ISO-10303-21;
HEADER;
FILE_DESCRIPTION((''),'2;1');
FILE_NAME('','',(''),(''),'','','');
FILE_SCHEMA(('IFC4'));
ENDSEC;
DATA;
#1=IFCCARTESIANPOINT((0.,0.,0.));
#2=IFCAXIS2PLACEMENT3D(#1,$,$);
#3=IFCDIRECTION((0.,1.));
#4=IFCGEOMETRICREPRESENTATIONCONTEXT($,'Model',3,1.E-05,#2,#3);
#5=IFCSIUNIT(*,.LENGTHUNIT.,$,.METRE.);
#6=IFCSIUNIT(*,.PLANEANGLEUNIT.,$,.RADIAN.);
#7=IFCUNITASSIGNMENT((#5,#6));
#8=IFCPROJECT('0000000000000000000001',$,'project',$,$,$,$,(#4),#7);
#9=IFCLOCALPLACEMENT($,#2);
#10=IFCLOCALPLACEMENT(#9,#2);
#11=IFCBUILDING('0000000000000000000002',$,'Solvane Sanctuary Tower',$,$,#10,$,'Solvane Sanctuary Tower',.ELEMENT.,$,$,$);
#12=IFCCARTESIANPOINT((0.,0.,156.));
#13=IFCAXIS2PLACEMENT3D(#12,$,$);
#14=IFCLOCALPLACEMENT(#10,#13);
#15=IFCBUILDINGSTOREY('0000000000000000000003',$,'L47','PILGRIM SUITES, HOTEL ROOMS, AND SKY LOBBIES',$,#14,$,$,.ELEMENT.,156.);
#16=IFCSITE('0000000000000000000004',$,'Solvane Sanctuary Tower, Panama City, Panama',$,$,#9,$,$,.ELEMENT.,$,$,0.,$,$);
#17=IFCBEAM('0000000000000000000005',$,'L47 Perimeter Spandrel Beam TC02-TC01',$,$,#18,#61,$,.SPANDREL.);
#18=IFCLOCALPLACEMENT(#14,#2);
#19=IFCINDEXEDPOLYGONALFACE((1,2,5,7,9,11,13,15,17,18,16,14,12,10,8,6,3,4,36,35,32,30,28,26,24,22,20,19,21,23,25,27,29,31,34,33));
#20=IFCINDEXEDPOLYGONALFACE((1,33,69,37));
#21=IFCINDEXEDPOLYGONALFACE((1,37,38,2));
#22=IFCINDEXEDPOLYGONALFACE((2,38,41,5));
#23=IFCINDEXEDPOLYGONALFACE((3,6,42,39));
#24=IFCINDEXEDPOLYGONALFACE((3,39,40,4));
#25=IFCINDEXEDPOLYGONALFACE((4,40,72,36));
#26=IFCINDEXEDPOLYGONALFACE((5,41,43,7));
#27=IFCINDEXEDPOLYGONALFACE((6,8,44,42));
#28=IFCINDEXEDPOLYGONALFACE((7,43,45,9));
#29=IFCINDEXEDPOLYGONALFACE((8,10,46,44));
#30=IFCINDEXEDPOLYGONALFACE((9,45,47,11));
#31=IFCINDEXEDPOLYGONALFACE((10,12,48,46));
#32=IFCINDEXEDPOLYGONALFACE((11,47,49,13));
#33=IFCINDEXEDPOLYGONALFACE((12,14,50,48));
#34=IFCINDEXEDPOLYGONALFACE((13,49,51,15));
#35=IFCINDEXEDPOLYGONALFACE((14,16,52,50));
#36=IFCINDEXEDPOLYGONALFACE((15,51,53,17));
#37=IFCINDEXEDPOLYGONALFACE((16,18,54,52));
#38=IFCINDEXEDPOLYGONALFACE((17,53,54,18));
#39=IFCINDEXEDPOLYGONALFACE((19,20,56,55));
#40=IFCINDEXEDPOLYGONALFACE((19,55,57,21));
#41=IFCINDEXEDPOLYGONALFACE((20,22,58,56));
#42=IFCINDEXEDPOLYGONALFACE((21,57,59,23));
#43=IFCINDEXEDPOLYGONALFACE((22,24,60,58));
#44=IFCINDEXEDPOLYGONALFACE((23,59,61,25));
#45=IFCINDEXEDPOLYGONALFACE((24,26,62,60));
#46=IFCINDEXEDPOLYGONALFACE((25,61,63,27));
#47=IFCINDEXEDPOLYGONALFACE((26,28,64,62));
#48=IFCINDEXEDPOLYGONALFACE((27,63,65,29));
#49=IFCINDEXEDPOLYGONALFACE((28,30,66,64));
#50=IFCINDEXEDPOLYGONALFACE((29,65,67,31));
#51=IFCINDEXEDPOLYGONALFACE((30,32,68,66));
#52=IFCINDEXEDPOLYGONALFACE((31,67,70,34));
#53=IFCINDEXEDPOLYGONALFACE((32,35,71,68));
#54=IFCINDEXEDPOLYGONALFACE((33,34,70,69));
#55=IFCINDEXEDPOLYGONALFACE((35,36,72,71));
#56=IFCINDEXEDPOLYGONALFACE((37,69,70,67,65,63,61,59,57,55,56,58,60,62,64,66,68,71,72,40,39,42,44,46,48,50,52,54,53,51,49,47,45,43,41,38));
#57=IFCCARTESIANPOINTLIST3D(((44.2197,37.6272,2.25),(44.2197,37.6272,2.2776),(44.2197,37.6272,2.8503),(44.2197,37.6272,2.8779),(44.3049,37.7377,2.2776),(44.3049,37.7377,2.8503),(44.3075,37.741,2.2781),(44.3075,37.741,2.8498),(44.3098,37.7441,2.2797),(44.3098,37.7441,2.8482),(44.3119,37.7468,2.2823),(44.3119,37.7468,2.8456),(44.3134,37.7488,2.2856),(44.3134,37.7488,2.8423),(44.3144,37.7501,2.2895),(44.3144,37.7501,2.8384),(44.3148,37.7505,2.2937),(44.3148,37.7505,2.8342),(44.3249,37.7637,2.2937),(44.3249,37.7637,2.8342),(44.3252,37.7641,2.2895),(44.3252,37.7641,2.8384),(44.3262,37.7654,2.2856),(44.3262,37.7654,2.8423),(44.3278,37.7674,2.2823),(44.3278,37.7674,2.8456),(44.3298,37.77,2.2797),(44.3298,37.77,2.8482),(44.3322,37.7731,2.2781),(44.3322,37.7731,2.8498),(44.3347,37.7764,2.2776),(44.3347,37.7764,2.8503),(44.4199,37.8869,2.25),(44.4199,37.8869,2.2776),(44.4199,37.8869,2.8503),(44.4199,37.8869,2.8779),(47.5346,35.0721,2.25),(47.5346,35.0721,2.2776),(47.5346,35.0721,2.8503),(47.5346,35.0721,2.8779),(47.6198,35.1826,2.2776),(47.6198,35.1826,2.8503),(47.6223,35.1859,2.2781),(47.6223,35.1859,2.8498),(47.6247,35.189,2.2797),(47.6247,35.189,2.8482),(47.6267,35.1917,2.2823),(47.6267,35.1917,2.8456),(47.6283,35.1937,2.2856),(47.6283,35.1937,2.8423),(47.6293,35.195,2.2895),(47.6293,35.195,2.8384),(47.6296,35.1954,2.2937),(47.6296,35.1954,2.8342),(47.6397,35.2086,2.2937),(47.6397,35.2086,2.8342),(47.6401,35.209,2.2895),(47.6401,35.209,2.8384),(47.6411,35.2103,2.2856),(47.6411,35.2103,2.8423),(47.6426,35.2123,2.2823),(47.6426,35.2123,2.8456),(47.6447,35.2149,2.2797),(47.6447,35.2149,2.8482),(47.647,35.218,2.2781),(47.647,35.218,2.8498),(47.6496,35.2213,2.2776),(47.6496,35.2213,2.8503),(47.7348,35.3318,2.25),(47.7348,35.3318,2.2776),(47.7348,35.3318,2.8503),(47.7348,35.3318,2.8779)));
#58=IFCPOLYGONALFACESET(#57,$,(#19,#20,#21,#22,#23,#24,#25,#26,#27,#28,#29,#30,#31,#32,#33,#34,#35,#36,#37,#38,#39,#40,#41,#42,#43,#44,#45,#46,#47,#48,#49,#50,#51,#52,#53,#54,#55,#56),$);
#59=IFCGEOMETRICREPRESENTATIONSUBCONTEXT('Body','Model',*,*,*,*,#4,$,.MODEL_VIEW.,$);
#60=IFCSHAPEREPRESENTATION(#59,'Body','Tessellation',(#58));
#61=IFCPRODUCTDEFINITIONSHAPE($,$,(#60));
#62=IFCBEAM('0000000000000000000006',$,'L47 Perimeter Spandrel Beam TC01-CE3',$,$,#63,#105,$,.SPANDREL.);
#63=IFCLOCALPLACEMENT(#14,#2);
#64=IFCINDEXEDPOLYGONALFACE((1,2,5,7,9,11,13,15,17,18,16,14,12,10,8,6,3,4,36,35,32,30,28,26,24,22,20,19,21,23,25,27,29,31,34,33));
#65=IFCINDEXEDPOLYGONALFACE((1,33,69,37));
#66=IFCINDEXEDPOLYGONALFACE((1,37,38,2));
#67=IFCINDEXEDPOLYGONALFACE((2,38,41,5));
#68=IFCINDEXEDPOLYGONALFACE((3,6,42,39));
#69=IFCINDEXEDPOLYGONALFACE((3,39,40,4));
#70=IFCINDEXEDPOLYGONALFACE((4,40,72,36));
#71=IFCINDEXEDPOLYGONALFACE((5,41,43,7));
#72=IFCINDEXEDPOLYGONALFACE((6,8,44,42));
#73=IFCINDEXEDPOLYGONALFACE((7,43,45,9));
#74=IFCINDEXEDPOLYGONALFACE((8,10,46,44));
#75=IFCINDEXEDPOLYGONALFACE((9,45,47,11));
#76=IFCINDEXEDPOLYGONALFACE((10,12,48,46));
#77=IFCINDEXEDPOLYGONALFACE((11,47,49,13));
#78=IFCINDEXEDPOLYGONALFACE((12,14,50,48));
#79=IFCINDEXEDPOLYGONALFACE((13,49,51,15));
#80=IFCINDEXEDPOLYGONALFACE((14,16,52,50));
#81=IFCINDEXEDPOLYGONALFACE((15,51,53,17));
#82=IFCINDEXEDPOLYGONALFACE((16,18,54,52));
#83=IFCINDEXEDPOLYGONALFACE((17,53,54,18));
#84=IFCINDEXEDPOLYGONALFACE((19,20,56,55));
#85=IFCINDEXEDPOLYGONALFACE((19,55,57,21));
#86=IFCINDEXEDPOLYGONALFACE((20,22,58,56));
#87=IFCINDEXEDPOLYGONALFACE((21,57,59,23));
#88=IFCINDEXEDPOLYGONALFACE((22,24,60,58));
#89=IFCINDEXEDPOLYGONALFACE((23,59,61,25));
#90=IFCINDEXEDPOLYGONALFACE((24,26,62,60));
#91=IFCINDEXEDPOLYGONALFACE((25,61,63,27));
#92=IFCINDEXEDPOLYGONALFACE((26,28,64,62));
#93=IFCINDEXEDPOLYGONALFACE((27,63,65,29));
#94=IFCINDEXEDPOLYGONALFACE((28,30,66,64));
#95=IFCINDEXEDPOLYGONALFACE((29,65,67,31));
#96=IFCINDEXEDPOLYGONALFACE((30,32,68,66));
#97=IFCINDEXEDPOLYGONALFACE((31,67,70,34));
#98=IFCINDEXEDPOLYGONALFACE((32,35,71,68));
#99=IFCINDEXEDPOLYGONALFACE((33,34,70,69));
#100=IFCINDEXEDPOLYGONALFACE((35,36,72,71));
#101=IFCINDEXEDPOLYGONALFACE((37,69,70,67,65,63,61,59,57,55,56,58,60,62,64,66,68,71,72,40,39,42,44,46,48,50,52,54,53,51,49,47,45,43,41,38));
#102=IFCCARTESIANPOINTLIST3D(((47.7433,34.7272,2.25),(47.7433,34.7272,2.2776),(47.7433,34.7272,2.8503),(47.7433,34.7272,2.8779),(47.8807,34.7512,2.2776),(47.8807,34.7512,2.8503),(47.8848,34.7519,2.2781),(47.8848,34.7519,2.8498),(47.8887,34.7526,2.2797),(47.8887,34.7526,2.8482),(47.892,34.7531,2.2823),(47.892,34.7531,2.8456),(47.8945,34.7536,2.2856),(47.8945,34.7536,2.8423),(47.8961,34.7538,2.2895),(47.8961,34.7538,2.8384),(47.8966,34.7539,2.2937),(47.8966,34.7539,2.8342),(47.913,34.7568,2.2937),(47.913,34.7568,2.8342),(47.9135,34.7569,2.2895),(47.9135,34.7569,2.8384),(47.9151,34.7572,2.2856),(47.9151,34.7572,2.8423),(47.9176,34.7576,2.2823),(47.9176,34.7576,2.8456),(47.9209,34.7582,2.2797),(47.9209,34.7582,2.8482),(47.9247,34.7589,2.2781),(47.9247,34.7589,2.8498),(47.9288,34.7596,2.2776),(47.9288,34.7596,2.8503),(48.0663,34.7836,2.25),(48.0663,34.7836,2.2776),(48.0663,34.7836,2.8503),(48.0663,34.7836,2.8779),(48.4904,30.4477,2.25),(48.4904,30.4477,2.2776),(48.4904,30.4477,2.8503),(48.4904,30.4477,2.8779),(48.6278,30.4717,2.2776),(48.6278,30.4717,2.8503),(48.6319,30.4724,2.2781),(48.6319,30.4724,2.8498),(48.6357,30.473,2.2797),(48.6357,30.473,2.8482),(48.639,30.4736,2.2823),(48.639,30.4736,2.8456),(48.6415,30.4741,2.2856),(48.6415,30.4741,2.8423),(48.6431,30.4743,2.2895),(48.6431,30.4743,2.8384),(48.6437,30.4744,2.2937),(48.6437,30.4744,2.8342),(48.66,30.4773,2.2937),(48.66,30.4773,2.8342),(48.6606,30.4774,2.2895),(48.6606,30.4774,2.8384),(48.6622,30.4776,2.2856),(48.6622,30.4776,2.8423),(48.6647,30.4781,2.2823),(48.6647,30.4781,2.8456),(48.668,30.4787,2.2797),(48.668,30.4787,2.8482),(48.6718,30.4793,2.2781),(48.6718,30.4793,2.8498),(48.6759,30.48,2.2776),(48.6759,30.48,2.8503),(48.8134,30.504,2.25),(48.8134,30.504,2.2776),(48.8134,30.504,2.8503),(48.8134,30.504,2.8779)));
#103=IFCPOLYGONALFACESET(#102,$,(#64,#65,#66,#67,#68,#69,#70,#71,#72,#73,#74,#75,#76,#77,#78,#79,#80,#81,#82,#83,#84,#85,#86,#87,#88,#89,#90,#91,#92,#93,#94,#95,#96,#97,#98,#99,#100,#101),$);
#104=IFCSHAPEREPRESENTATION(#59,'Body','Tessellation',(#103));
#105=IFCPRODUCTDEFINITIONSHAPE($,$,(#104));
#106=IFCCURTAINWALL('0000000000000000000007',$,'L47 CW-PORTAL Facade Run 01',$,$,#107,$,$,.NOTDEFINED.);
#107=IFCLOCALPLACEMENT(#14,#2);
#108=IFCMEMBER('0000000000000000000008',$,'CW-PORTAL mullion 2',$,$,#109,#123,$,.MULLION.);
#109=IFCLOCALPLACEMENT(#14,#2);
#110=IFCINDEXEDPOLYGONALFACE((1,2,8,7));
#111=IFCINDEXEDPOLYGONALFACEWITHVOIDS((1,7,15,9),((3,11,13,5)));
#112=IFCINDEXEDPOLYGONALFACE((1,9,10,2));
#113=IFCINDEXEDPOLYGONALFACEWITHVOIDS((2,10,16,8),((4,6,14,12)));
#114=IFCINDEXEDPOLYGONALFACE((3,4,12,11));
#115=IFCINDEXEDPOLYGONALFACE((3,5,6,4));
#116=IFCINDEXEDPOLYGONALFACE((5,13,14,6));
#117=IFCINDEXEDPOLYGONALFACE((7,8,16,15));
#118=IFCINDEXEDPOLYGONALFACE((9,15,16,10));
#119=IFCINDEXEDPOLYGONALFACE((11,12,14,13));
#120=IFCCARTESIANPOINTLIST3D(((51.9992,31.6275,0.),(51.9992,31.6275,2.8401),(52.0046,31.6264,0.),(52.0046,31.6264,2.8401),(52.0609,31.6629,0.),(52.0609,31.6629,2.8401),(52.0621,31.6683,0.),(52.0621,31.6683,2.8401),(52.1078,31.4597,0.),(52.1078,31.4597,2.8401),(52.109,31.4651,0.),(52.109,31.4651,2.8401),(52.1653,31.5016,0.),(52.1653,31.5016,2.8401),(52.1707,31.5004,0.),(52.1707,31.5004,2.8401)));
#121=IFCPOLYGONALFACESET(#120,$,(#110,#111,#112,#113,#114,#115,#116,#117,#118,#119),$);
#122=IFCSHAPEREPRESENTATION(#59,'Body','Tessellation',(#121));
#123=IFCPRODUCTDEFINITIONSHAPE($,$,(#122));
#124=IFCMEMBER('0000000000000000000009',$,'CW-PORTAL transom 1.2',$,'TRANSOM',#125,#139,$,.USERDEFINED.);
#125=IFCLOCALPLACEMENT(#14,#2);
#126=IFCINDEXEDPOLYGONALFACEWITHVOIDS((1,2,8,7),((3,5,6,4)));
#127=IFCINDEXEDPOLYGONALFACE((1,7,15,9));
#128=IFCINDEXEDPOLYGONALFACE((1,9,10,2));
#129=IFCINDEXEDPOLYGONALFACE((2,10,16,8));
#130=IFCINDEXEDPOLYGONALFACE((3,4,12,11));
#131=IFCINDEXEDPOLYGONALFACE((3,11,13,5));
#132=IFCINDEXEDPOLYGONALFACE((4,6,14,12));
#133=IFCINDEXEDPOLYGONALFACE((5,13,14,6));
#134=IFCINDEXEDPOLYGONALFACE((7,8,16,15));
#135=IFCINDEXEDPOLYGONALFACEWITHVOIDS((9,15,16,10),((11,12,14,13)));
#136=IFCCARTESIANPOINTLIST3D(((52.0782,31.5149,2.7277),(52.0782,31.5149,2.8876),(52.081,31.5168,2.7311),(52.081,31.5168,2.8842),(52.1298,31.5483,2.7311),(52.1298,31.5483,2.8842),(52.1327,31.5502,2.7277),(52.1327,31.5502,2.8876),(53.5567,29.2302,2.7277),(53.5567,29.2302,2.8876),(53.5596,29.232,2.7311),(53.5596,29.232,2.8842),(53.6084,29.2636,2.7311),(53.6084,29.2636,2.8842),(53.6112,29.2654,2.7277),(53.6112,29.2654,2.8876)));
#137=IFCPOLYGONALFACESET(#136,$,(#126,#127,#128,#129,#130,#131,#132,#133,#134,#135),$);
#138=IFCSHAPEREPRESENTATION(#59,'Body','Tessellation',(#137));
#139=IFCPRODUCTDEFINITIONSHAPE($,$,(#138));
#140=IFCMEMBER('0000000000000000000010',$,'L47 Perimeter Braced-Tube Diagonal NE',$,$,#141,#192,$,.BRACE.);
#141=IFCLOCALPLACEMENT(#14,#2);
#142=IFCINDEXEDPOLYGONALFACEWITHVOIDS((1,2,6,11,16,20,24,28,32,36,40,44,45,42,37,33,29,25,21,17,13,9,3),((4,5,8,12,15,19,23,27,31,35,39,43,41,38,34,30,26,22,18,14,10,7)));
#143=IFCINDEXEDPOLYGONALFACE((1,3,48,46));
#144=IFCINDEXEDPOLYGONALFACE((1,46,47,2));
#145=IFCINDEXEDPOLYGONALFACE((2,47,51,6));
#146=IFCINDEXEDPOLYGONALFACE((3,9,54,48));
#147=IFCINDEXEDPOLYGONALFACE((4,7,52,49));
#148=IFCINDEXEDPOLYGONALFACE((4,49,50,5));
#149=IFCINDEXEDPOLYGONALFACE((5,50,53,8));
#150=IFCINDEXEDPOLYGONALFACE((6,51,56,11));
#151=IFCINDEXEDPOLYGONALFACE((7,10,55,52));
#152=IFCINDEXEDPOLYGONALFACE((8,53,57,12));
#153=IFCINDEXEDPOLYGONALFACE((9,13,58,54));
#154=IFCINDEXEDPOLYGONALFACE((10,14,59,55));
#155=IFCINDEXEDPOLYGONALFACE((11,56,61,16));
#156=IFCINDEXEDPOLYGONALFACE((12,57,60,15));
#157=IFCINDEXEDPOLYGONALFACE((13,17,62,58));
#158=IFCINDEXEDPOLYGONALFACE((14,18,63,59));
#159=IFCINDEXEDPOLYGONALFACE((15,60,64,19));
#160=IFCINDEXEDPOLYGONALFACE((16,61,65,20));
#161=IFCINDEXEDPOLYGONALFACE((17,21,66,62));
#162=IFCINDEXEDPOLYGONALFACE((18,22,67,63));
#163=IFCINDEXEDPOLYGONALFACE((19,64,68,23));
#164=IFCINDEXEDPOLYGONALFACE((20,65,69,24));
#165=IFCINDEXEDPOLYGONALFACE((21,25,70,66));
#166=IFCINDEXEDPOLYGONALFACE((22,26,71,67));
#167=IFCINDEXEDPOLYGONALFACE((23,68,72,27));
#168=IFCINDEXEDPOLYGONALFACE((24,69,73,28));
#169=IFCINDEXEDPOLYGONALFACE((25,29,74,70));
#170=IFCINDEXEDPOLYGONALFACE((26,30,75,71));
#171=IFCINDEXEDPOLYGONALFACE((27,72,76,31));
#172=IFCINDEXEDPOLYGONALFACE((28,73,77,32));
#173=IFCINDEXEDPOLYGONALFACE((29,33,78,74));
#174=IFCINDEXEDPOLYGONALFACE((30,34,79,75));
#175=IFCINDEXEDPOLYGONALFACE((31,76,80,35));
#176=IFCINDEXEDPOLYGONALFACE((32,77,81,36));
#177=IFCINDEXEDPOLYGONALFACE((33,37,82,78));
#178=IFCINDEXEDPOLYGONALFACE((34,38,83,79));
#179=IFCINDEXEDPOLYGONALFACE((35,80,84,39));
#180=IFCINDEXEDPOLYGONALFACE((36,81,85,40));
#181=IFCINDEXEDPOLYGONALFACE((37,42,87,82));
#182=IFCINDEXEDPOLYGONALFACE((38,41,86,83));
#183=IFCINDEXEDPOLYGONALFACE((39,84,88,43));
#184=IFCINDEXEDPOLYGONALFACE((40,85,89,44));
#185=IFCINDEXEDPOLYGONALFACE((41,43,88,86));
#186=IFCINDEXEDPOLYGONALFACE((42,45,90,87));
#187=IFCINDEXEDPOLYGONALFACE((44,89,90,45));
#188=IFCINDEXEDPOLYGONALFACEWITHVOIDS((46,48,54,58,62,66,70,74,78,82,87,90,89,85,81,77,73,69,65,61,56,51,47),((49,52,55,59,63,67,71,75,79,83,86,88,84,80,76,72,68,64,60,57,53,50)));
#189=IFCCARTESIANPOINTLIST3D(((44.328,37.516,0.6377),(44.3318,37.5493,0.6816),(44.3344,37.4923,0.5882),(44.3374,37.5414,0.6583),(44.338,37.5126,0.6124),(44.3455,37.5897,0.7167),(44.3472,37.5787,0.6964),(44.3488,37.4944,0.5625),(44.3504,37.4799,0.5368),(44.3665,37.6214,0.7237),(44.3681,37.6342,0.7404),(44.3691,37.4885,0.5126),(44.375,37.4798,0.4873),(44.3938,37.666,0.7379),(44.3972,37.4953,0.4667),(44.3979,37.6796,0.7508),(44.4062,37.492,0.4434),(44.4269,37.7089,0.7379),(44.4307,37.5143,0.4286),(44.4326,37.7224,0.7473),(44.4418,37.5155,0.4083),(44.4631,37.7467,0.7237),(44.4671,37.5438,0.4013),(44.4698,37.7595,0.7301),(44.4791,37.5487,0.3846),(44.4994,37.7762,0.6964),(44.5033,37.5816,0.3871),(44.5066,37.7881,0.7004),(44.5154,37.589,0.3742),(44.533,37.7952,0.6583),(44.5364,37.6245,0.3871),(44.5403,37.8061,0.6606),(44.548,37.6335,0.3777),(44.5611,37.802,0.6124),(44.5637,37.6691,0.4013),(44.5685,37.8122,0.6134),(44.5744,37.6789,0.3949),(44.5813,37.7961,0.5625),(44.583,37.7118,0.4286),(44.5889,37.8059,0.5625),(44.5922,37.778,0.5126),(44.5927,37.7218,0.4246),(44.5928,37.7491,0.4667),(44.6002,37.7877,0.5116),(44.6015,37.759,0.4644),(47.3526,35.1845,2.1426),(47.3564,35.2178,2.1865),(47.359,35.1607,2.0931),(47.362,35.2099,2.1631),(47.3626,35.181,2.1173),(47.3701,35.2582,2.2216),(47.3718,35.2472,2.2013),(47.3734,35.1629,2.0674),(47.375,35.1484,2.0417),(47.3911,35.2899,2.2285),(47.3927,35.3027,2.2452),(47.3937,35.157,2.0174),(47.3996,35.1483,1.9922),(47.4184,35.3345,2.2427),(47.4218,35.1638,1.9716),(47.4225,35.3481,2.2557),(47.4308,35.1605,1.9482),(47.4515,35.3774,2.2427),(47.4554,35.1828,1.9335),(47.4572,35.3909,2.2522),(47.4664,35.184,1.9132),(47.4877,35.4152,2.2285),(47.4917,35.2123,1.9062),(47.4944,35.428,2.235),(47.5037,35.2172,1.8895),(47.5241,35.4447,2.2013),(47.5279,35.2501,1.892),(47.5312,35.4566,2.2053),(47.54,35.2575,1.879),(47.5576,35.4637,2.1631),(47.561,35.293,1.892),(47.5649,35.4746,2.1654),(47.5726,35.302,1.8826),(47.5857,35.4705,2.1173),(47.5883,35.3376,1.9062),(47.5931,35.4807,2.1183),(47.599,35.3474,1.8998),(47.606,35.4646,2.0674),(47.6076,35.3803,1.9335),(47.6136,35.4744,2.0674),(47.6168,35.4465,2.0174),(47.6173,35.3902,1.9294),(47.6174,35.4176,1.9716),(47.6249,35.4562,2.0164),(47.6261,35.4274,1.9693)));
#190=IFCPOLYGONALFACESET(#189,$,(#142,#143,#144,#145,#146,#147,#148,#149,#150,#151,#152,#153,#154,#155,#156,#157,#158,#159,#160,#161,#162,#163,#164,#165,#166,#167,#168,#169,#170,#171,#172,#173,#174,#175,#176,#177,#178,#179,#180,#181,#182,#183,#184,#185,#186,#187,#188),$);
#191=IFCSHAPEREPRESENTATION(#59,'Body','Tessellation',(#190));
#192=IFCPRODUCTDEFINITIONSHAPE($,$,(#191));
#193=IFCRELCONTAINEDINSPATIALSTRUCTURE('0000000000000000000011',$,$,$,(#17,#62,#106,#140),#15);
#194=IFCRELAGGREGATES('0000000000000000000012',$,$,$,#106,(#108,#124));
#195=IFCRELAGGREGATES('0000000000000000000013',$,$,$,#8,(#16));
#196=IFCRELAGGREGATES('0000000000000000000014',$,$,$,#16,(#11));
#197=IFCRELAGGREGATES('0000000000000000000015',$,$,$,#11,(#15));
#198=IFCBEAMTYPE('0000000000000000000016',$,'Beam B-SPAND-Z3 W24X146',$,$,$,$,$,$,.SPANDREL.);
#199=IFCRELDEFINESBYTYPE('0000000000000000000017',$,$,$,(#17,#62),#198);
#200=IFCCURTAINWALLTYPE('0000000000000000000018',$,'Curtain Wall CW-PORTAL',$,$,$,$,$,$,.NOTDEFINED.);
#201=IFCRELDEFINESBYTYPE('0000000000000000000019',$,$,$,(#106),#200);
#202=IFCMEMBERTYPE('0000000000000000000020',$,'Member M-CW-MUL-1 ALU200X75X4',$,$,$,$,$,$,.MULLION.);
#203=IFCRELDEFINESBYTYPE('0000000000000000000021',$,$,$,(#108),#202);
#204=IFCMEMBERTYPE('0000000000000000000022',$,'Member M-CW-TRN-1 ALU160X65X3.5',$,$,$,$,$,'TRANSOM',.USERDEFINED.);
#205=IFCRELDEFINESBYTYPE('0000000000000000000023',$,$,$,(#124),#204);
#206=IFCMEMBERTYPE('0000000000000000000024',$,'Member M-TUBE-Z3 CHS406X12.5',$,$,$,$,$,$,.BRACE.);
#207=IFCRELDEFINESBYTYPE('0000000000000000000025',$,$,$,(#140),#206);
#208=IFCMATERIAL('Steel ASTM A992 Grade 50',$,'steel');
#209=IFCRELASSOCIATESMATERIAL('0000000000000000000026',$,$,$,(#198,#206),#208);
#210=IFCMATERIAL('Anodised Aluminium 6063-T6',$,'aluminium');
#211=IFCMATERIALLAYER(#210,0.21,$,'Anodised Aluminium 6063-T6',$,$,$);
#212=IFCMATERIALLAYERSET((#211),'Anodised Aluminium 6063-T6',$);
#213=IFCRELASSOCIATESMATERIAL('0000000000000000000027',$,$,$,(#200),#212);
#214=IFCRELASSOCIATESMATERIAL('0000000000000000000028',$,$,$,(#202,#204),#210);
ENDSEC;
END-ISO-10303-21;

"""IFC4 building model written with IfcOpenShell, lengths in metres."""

from ifc_helpers import new_model, si_unit, direction, frame, origin, origin_2d, place, context, subcontext, project, spatial, hollow_rectangle, hollow_circle, i_section, extrude, material, layer, layer_set, material_profile, profile_set, type_object, element, aggregate, save


model = new_model("IFC4")

# Units and contexts
model_context = context("Model", 3, precision=1e-05, world=origin(), true_north=direction((0.0, 1.0)))
body_context = subcontext(model_context, "Body", "Model", "MODEL_VIEW")
ifc_project = project(units=[si_unit("LENGTHUNIT", "METRE"), si_unit("PLANEANGLEUNIT", "RADIAN")], contexts=[model_context])

# Site, building, storey
site_placement = place(None, origin())
site = spatial("IfcSite", under=ifc_project, at=site_placement, Name="Solvane Sanctuary Tower, Panama City, Panama", CompositionType="ELEMENT", RefElevation=0.0)
building_placement = place(site_placement, origin())
building = spatial("IfcBuilding", under=site, at=building_placement, Name="Solvane Sanctuary Tower", LongName="Solvane Sanctuary Tower", CompositionType="ELEMENT")
storey_placement = place(building_placement, frame((0.0, 0.0, 156.0)))
storey = spatial("IfcBuildingStorey", under=building, at=storey_placement, Name="L47", Description="PILGRIM SUITES, HOTEL ROOMS, AND SKY LOBBIES", CompositionType="ELEMENT", Elevation=156.0)

# Beams
ifc_material_1 = material(Name="Steel ASTM A992 Grade 50", Category="steel")
ifc_material_profile_1 = material_profile(ifc_material_1, i_section(OverallWidth=0.3279, OverallDepth=0.6279, WebThickness=0.0166, FlangeThickness=0.0276, FilletRadius=0.0161, at=origin_2d()), Name="W24X146")
ifc_profile_set_1 = profile_set([ifc_material_profile_1], Name="Steel ASTM A992 Grade 50")
beam_type_1 = type_object("IfcBeamType", Name="Beam B-SPAND-Z3 W24X146", PredefinedType="SPANDREL", material=ifc_profile_set_1)
beam_1_placement = place(storey_placement, frame((44.3198, 37.7571, 2.564), z_axis=(0.792021, -0.610494, 0.0), x_axis=(0.610494, 0.792021, 0.0)))
element("IfcBeam", 1, at=beam_1_placement, inside=storey, type_object=beam_type_1, Name="L47 Perimeter Spandrel Beam TC02-TC01", PredefinedType="SPANDREL", context=body_context, shape_type="SweptSolid", body=[
    extrude(i_section(OverallWidth=0.3279, OverallDepth=0.6279, WebThickness=0.0166, FlangeThickness=0.0276, FilletRadius=0.0161, at=origin_2d()), origin(), (0.0, 0.0, 1.0), 4.1853),
])
beam_2_placement = place(storey_placement, frame((47.9048, 34.7554, 2.564), z_axis=(0.171967, -0.985103, 0.0), x_axis=(0.985103, 0.171967, 0.0)))
element("IfcBeam", 2, at=beam_2_placement, inside=storey, type_object=beam_type_1, Name="L47 Perimeter Spandrel Beam TC01-CE3", PredefinedType="SPANDREL", context=body_context, shape_type="SweptSolid", body=[
    extrude(i_section(OverallWidth=0.3279, OverallDepth=0.6279, WebThickness=0.0166, FlangeThickness=0.0276, FilletRadius=0.0161, at=origin_2d()), origin(), (0.0, 0.0, 1.0), 4.3442),
])

# Curtain wall, members
ifc_material_2 = material(Name="Anodised Aluminium 6063-T6", Category="aluminium")
ifc_layer_1 = layer(ifc_material_2, 0.21, Name="Anodised Aluminium 6063-T6")
ifc_layer_set_1 = layer_set([ifc_layer_1], Name="Anodised Aluminium 6063-T6")
curtain_wall_type = type_object("IfcCurtainWallType", Name="Curtain Wall CW-PORTAL", PredefinedType="NOTDEFINED", material=ifc_layer_set_1)
curtain_wall_placement = place(storey_placement, origin())
curtain_wall = element("IfcCurtainWall", 3, at=curtain_wall_placement, inside=storey, type_object=curtain_wall_type, Name="L47 CW-PORTAL Facade Run 01", PredefinedType="NOTDEFINED")
ifc_material_profile_2 = material_profile(ifc_material_2, hollow_rectangle(XDim=0.075, YDim=0.2, WallThickness=0.0039, at=origin_2d()), Name="ALU200X75X4")
ifc_profile_set_2 = profile_set([ifc_material_profile_2], Name="Anodised Aluminium 6063-T6")
member_type_1 = type_object("IfcMemberType", Name="Member M-CW-MUL-1 ALU200X75X4", PredefinedType="MULLION", material=ifc_profile_set_2)
member_1_placement = place(storey_placement, frame((52.085, 31.564, 0.0), z_axis=(0.0, 0.0, 1.0), x_axis=(-0.839512, -0.543341, 0.0)))
member_1 = element("IfcMember", 4, at=member_1_placement, type_object=member_type_1, Name="CW-PORTAL mullion 2", PredefinedType="MULLION", context=body_context, shape_type="SweptSolid", body=[
    extrude(hollow_rectangle(XDim=0.075, YDim=0.2, WallThickness=0.0039, at=origin_2d()), origin(), (0.0, 0.0, 1.0), 2.8401),
])
ifc_material_profile_3 = material_profile(ifc_material_2, hollow_rectangle(XDim=0.0649, YDim=0.1599, WallThickness=0.0034, at=origin_2d()), Name="ALU160X65X3.5")
ifc_profile_set_3 = profile_set([ifc_material_profile_3], Name="Anodised Aluminium 6063-T6")
member_type_2 = type_object("IfcMemberType", Name="Member M-CW-TRN-1 ALU160X65X3.5", ElementType="TRANSOM", PredefinedType="USERDEFINED", material=ifc_profile_set_3)
member_2_placement = place(storey_placement, frame((53.584, 29.2478, 2.8076), z_axis=(-0.543303, 0.839536, 0.0), x_axis=(-0.839536, -0.543303, 0.0)))
member_2 = element("IfcMember", 5, at=member_2_placement, type_object=member_type_2, Name="CW-PORTAL transom 1.2", ObjectType="TRANSOM", PredefinedType="USERDEFINED", context=body_context, shape_type="SweptSolid", body=[
    extrude(hollow_rectangle(XDim=0.0649, YDim=0.1599, WallThickness=0.0034, at=origin_2d()), origin(), (0.0, 0.0, 1.0), 2.7214),
])

# Member
ifc_material_profile_4 = material_profile(ifc_material_1, hollow_circle(Radius=0.2029, WallThickness=0.0125, at=origin_2d()), Name="CHS406X12.5")
ifc_profile_set_4 = profile_set([ifc_material_profile_4], Name="Steel ASTM A992 Grade 50")
member_type_3 = type_object("IfcMemberType", Name="Member M-TUBE-Z3 CHS406X12.5", PredefinedType="BRACE", material=ifc_profile_set_4)
member_3_placement = place(storey_placement, frame((44.4651, 37.6453, 0.5625), z_axis=(0.73686, -0.568005, 0.366616), x_axis=(0.610514, 0.792006, 0.0)))
element("IfcMember", 6, at=member_3_placement, inside=storey, type_object=member_type_3, Name="L47 Perimeter Braced-Tube Diagonal NE", PredefinedType="BRACE", context=body_context, shape_type="SweptSolid", body=[
    extrude(hollow_circle(Radius=0.2029, WallThickness=0.0125, at=origin_2d()), origin(), (0.0, 0.0, 1.0), 4.1047),
])

aggregate(curtain_wall, [member_1, member_2])

save(model, "model.ifc")
